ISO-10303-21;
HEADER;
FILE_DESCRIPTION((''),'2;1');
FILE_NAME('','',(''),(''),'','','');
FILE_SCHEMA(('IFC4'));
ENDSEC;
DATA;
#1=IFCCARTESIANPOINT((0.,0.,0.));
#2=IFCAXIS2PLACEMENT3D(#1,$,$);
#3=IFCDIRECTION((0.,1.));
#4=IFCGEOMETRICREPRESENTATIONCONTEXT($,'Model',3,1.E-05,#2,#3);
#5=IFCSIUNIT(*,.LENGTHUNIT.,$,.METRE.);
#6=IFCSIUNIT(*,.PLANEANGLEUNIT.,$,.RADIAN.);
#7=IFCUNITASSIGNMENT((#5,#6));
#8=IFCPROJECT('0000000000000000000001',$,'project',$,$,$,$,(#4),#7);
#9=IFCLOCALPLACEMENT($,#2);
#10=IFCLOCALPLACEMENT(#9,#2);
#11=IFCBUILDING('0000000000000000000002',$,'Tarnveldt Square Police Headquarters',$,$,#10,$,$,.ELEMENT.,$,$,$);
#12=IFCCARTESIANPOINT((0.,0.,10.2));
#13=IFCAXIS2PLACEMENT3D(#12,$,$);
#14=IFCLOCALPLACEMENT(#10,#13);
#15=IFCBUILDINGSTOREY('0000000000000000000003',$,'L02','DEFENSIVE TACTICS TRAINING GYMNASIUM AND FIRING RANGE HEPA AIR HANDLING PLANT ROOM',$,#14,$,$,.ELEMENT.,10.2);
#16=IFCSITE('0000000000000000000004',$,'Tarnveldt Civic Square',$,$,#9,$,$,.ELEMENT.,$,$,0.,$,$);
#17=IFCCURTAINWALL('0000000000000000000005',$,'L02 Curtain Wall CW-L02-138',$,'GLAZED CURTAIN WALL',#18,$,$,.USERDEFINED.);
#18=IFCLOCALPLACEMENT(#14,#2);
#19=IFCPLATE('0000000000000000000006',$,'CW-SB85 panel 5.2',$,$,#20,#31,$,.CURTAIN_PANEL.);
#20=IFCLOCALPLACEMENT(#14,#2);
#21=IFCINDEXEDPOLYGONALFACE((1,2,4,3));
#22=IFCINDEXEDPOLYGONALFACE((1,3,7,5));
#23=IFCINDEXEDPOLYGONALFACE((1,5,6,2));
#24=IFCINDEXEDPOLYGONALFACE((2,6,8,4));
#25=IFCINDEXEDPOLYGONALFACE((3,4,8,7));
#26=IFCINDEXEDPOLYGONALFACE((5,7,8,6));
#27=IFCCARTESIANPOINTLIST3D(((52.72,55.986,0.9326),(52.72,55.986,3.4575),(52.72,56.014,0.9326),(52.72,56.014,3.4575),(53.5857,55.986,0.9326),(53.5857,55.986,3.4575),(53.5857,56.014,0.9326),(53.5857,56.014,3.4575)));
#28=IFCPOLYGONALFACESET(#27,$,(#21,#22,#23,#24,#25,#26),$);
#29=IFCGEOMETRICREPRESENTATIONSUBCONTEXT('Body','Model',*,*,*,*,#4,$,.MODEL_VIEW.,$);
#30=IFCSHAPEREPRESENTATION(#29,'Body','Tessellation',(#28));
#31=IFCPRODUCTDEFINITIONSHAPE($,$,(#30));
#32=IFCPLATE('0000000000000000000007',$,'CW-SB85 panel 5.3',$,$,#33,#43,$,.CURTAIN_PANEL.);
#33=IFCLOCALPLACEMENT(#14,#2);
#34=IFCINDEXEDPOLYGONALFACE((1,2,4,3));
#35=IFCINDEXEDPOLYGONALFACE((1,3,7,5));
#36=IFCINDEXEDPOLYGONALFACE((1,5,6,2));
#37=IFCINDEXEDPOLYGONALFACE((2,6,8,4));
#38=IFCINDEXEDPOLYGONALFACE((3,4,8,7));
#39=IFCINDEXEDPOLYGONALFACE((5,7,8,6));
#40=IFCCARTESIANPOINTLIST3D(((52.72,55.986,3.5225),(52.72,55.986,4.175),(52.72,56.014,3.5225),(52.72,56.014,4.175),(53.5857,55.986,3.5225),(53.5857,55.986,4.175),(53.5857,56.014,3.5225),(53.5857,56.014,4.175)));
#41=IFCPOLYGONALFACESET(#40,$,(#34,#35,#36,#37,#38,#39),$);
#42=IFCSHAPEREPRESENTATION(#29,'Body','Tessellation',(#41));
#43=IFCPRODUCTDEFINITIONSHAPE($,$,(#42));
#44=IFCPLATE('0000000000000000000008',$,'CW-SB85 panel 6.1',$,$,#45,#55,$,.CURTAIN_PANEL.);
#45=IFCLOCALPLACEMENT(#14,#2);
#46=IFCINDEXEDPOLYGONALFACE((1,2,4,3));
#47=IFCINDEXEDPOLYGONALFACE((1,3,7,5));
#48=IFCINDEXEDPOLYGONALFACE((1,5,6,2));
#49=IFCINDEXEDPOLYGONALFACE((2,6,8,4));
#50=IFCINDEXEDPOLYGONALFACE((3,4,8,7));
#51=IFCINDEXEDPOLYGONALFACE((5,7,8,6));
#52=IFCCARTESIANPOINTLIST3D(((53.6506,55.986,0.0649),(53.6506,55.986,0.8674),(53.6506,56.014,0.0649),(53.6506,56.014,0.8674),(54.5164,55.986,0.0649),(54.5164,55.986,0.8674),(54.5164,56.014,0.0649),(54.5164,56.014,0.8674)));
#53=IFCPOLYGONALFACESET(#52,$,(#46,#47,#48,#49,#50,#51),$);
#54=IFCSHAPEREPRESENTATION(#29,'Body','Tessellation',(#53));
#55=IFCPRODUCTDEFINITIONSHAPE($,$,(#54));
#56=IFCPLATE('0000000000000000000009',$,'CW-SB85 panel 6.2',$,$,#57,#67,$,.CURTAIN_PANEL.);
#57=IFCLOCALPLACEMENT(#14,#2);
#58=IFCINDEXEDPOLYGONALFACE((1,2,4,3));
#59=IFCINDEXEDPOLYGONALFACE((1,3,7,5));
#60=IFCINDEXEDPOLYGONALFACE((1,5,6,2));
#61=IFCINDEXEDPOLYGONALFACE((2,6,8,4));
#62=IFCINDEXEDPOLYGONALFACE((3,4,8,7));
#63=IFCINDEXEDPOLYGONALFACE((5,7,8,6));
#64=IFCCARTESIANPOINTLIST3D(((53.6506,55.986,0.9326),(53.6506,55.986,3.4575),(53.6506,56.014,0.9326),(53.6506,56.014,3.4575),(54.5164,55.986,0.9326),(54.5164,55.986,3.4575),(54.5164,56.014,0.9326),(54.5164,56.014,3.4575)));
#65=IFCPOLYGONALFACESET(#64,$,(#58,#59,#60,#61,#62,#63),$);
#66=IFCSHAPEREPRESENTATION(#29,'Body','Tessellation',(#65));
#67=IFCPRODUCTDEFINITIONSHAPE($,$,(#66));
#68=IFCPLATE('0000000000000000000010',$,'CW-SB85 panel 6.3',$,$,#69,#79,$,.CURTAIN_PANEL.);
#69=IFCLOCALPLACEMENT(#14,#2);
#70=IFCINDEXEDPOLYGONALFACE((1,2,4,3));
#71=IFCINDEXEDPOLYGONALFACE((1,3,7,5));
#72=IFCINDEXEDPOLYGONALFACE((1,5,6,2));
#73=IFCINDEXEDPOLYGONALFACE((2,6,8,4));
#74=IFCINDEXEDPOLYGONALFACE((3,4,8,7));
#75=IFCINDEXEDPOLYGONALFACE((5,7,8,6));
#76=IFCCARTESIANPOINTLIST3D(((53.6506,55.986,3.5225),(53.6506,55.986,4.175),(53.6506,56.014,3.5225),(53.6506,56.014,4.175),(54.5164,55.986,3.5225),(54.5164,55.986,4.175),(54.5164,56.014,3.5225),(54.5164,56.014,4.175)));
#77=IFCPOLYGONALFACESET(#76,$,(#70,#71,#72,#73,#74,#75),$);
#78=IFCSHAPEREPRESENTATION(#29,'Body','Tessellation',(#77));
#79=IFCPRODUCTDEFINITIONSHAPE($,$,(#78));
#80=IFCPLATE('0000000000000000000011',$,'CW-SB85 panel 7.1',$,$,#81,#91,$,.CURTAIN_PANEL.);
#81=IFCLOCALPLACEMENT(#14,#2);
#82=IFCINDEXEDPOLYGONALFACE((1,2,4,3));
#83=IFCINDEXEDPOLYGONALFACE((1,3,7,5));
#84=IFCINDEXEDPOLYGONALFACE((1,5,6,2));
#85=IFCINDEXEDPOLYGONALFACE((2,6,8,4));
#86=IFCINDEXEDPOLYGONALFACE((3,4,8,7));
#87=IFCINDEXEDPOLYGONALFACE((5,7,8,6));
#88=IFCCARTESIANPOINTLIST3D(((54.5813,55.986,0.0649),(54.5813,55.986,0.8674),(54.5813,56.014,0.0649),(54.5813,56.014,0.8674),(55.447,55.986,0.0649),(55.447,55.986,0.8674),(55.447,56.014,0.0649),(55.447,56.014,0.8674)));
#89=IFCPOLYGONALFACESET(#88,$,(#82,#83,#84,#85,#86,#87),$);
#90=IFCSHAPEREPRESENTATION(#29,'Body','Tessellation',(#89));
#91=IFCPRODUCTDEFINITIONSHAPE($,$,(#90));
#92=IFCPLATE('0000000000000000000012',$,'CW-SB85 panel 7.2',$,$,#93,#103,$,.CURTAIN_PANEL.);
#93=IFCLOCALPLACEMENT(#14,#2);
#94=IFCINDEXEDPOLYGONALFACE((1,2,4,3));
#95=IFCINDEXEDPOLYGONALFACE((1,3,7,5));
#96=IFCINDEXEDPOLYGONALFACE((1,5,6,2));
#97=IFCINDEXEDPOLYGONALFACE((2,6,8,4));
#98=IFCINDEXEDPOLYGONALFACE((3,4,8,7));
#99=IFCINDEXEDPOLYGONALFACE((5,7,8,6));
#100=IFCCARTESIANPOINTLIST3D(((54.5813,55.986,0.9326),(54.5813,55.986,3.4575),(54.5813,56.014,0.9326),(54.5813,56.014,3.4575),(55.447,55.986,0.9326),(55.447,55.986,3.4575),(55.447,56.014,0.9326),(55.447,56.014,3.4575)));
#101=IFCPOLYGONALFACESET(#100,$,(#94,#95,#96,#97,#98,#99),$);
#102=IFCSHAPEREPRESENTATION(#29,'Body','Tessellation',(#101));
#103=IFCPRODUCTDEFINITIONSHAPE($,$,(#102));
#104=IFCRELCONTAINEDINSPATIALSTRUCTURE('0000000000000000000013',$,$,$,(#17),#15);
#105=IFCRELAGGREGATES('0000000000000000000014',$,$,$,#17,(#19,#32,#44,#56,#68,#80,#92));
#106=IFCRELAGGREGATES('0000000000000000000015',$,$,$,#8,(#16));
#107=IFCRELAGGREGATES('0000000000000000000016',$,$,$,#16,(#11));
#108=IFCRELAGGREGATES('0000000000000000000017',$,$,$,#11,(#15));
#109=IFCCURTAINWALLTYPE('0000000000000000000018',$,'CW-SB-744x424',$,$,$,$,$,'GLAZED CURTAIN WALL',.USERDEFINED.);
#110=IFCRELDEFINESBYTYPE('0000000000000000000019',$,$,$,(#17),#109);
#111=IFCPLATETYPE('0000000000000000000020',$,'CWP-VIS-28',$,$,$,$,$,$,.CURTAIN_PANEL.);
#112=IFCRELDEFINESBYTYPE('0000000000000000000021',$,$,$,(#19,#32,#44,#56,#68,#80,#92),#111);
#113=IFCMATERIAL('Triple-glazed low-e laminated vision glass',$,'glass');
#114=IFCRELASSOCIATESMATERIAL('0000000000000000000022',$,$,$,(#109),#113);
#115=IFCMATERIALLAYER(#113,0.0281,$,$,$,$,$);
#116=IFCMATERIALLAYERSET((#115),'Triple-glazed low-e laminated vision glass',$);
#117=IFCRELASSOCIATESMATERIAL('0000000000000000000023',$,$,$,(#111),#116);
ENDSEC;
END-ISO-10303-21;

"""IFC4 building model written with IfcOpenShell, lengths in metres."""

from ifc_helpers import new_model, si_unit, direction, frame, origin, origin_2d, place, context, subcontext, project, spatial, rectangle, extrude, material, layer, layer_set, type_object, element, aggregate, save


model = new_model("IFC4")

# Units and contexts
model_context = context("Model", 3, precision=1e-05, world=origin(), true_north=direction((0.0, 1.0)))
body_context = subcontext(model_context, "Body", "Model", "MODEL_VIEW")
ifc_project = project(units=[si_unit("LENGTHUNIT", "METRE"), si_unit("PLANEANGLEUNIT", "RADIAN")], contexts=[model_context])

# Site, building, storey
site_placement = place(None, origin())
site = spatial("IfcSite", under=ifc_project, at=site_placement, Name="Tarnveldt Civic Square", CompositionType="ELEMENT", RefElevation=0.0)
building_placement = place(site_placement, origin())
building = spatial("IfcBuilding", under=site, at=building_placement, Name="Tarnveldt Square Police Headquarters", CompositionType="ELEMENT")
storey_placement = place(building_placement, frame((0.0, 0.0, 10.2)))
storey = spatial("IfcBuildingStorey", under=building, at=storey_placement, Name="L02", Description="DEFENSIVE TACTICS TRAINING GYMNASIUM AND FIRING RANGE HEPA AIR HANDLING PLANT ROOM", CompositionType="ELEMENT", Elevation=10.2)

# Curtain wall, plates
ifc_material_1 = material(Name="Triple-glazed low-e laminated vision glass", Category="glass")
curtain_wall_type = type_object("IfcCurtainWallType", Name="CW-SB-744x424", ElementType="GLAZED CURTAIN WALL", PredefinedType="USERDEFINED", material=ifc_material_1)
curtain_wall_placement = place(storey_placement, origin())
curtain_wall = element("IfcCurtainWall", 1, at=curtain_wall_placement, inside=storey, type_object=curtain_wall_type, Name="L02 Curtain Wall CW-L02-138", ObjectType="GLAZED CURTAIN WALL", PredefinedType="USERDEFINED")
ifc_layer = layer(ifc_material_1, 0.0281)
ifc_layer_set = layer_set([ifc_layer], Name="Triple-glazed low-e laminated vision glass")
plate_type = type_object("IfcPlateType", Name="CWP-VIS-28", PredefinedType="CURTAIN_PANEL", material=ifc_layer_set)
plate_1_placement = place(storey_placement, frame((53.1528, 56.0, 0.9326), z_axis=(0.0, 0.0, 1.0), x_axis=(1.0, 0.0, 0.0)))
plate_1 = element("IfcPlate", 2, at=plate_1_placement, type_object=plate_type, Name="CW-SB85 panel 5.2", PredefinedType="CURTAIN_PANEL", context=body_context, shape_type="SweptSolid", body=[
    extrude(rectangle(XDim=0.8657, YDim=0.0281, at=origin_2d()), origin(), (0.0, 0.0, 1.0), 2.5249),
])
plate_2_placement = place(storey_placement, frame((53.1528, 56.0, 3.5225), z_axis=(0.0, 0.0, 1.0), x_axis=(1.0, 0.0, 0.0)))
plate_2 = element("IfcPlate", 3, at=plate_2_placement, type_object=plate_type, Name="CW-SB85 panel 5.3", PredefinedType="CURTAIN_PANEL", context=body_context, shape_type="SweptSolid", body=[
    extrude(rectangle(XDim=0.8657, YDim=0.0281, at=origin_2d()), origin(), (0.0, 0.0, 1.0), 0.6526),
])
plate_3_placement = place(storey_placement, frame((54.0835, 56.0, 0.0649), z_axis=(0.0, 0.0, 1.0), x_axis=(1.0, 0.0, 0.0)))
plate_3 = element("IfcPlate", 4, at=plate_3_placement, type_object=plate_type, Name="CW-SB85 panel 6.1", PredefinedType="CURTAIN_PANEL", context=body_context, shape_type="SweptSolid", body=[
    extrude(rectangle(XDim=0.8657, YDim=0.0281, at=origin_2d()), origin(), (0.0, 0.0, 1.0), 0.8025),
])
plate_4_placement = place(storey_placement, frame((54.0835, 56.0, 0.9326), z_axis=(0.0, 0.0, 1.0), x_axis=(1.0, 0.0, 0.0)))
plate_4 = element("IfcPlate", 5, at=plate_4_placement, type_object=plate_type, Name="CW-SB85 panel 6.2", PredefinedType="CURTAIN_PANEL", context=body_context, shape_type="SweptSolid", body=[
    extrude(rectangle(XDim=0.8657, YDim=0.0281, at=origin_2d()), origin(), (0.0, 0.0, 1.0), 2.5249),
])
plate_5_placement = place(storey_placement, frame((54.0835, 56.0, 3.5225), z_axis=(0.0, 0.0, 1.0), x_axis=(1.0, 0.0, 0.0)))
plate_5 = element("IfcPlate", 6, at=plate_5_placement, type_object=plate_type, Name="CW-SB85 panel 6.3", PredefinedType="CURTAIN_PANEL", context=body_context, shape_type="SweptSolid", body=[
    extrude(rectangle(XDim=0.8657, YDim=0.0281, at=origin_2d()), origin(), (0.0, 0.0, 1.0), 0.6526),
])
plate_6_placement = place(storey_placement, frame((55.0142, 56.0, 0.0649), z_axis=(0.0, 0.0, 1.0), x_axis=(1.0, 0.0, 0.0)))
plate_6 = element("IfcPlate", 7, at=plate_6_placement, type_object=plate_type, Name="CW-SB85 panel 7.1", PredefinedType="CURTAIN_PANEL", context=body_context, shape_type="SweptSolid", body=[
    extrude(rectangle(XDim=0.8657, YDim=0.0281, at=origin_2d()), origin(), (0.0, 0.0, 1.0), 0.8025),
])
plate_7_placement = place(storey_placement, frame((55.0142, 56.0, 0.9326), z_axis=(0.0, 0.0, 1.0), x_axis=(1.0, 0.0, 0.0)))
plate_7 = element("IfcPlate", 8, at=plate_7_placement, type_object=plate_type, Name="CW-SB85 panel 7.2", PredefinedType="CURTAIN_PANEL", context=body_context, shape_type="SweptSolid", body=[
    extrude(rectangle(XDim=0.8657, YDim=0.0281, at=origin_2d()), origin(), (0.0, 0.0, 1.0), 2.5249),
])
aggregate(curtain_wall, [plate_1, plate_2, plate_3, plate_4, plate_5, plate_6, plate_7])

save(model, "model.ifc")
